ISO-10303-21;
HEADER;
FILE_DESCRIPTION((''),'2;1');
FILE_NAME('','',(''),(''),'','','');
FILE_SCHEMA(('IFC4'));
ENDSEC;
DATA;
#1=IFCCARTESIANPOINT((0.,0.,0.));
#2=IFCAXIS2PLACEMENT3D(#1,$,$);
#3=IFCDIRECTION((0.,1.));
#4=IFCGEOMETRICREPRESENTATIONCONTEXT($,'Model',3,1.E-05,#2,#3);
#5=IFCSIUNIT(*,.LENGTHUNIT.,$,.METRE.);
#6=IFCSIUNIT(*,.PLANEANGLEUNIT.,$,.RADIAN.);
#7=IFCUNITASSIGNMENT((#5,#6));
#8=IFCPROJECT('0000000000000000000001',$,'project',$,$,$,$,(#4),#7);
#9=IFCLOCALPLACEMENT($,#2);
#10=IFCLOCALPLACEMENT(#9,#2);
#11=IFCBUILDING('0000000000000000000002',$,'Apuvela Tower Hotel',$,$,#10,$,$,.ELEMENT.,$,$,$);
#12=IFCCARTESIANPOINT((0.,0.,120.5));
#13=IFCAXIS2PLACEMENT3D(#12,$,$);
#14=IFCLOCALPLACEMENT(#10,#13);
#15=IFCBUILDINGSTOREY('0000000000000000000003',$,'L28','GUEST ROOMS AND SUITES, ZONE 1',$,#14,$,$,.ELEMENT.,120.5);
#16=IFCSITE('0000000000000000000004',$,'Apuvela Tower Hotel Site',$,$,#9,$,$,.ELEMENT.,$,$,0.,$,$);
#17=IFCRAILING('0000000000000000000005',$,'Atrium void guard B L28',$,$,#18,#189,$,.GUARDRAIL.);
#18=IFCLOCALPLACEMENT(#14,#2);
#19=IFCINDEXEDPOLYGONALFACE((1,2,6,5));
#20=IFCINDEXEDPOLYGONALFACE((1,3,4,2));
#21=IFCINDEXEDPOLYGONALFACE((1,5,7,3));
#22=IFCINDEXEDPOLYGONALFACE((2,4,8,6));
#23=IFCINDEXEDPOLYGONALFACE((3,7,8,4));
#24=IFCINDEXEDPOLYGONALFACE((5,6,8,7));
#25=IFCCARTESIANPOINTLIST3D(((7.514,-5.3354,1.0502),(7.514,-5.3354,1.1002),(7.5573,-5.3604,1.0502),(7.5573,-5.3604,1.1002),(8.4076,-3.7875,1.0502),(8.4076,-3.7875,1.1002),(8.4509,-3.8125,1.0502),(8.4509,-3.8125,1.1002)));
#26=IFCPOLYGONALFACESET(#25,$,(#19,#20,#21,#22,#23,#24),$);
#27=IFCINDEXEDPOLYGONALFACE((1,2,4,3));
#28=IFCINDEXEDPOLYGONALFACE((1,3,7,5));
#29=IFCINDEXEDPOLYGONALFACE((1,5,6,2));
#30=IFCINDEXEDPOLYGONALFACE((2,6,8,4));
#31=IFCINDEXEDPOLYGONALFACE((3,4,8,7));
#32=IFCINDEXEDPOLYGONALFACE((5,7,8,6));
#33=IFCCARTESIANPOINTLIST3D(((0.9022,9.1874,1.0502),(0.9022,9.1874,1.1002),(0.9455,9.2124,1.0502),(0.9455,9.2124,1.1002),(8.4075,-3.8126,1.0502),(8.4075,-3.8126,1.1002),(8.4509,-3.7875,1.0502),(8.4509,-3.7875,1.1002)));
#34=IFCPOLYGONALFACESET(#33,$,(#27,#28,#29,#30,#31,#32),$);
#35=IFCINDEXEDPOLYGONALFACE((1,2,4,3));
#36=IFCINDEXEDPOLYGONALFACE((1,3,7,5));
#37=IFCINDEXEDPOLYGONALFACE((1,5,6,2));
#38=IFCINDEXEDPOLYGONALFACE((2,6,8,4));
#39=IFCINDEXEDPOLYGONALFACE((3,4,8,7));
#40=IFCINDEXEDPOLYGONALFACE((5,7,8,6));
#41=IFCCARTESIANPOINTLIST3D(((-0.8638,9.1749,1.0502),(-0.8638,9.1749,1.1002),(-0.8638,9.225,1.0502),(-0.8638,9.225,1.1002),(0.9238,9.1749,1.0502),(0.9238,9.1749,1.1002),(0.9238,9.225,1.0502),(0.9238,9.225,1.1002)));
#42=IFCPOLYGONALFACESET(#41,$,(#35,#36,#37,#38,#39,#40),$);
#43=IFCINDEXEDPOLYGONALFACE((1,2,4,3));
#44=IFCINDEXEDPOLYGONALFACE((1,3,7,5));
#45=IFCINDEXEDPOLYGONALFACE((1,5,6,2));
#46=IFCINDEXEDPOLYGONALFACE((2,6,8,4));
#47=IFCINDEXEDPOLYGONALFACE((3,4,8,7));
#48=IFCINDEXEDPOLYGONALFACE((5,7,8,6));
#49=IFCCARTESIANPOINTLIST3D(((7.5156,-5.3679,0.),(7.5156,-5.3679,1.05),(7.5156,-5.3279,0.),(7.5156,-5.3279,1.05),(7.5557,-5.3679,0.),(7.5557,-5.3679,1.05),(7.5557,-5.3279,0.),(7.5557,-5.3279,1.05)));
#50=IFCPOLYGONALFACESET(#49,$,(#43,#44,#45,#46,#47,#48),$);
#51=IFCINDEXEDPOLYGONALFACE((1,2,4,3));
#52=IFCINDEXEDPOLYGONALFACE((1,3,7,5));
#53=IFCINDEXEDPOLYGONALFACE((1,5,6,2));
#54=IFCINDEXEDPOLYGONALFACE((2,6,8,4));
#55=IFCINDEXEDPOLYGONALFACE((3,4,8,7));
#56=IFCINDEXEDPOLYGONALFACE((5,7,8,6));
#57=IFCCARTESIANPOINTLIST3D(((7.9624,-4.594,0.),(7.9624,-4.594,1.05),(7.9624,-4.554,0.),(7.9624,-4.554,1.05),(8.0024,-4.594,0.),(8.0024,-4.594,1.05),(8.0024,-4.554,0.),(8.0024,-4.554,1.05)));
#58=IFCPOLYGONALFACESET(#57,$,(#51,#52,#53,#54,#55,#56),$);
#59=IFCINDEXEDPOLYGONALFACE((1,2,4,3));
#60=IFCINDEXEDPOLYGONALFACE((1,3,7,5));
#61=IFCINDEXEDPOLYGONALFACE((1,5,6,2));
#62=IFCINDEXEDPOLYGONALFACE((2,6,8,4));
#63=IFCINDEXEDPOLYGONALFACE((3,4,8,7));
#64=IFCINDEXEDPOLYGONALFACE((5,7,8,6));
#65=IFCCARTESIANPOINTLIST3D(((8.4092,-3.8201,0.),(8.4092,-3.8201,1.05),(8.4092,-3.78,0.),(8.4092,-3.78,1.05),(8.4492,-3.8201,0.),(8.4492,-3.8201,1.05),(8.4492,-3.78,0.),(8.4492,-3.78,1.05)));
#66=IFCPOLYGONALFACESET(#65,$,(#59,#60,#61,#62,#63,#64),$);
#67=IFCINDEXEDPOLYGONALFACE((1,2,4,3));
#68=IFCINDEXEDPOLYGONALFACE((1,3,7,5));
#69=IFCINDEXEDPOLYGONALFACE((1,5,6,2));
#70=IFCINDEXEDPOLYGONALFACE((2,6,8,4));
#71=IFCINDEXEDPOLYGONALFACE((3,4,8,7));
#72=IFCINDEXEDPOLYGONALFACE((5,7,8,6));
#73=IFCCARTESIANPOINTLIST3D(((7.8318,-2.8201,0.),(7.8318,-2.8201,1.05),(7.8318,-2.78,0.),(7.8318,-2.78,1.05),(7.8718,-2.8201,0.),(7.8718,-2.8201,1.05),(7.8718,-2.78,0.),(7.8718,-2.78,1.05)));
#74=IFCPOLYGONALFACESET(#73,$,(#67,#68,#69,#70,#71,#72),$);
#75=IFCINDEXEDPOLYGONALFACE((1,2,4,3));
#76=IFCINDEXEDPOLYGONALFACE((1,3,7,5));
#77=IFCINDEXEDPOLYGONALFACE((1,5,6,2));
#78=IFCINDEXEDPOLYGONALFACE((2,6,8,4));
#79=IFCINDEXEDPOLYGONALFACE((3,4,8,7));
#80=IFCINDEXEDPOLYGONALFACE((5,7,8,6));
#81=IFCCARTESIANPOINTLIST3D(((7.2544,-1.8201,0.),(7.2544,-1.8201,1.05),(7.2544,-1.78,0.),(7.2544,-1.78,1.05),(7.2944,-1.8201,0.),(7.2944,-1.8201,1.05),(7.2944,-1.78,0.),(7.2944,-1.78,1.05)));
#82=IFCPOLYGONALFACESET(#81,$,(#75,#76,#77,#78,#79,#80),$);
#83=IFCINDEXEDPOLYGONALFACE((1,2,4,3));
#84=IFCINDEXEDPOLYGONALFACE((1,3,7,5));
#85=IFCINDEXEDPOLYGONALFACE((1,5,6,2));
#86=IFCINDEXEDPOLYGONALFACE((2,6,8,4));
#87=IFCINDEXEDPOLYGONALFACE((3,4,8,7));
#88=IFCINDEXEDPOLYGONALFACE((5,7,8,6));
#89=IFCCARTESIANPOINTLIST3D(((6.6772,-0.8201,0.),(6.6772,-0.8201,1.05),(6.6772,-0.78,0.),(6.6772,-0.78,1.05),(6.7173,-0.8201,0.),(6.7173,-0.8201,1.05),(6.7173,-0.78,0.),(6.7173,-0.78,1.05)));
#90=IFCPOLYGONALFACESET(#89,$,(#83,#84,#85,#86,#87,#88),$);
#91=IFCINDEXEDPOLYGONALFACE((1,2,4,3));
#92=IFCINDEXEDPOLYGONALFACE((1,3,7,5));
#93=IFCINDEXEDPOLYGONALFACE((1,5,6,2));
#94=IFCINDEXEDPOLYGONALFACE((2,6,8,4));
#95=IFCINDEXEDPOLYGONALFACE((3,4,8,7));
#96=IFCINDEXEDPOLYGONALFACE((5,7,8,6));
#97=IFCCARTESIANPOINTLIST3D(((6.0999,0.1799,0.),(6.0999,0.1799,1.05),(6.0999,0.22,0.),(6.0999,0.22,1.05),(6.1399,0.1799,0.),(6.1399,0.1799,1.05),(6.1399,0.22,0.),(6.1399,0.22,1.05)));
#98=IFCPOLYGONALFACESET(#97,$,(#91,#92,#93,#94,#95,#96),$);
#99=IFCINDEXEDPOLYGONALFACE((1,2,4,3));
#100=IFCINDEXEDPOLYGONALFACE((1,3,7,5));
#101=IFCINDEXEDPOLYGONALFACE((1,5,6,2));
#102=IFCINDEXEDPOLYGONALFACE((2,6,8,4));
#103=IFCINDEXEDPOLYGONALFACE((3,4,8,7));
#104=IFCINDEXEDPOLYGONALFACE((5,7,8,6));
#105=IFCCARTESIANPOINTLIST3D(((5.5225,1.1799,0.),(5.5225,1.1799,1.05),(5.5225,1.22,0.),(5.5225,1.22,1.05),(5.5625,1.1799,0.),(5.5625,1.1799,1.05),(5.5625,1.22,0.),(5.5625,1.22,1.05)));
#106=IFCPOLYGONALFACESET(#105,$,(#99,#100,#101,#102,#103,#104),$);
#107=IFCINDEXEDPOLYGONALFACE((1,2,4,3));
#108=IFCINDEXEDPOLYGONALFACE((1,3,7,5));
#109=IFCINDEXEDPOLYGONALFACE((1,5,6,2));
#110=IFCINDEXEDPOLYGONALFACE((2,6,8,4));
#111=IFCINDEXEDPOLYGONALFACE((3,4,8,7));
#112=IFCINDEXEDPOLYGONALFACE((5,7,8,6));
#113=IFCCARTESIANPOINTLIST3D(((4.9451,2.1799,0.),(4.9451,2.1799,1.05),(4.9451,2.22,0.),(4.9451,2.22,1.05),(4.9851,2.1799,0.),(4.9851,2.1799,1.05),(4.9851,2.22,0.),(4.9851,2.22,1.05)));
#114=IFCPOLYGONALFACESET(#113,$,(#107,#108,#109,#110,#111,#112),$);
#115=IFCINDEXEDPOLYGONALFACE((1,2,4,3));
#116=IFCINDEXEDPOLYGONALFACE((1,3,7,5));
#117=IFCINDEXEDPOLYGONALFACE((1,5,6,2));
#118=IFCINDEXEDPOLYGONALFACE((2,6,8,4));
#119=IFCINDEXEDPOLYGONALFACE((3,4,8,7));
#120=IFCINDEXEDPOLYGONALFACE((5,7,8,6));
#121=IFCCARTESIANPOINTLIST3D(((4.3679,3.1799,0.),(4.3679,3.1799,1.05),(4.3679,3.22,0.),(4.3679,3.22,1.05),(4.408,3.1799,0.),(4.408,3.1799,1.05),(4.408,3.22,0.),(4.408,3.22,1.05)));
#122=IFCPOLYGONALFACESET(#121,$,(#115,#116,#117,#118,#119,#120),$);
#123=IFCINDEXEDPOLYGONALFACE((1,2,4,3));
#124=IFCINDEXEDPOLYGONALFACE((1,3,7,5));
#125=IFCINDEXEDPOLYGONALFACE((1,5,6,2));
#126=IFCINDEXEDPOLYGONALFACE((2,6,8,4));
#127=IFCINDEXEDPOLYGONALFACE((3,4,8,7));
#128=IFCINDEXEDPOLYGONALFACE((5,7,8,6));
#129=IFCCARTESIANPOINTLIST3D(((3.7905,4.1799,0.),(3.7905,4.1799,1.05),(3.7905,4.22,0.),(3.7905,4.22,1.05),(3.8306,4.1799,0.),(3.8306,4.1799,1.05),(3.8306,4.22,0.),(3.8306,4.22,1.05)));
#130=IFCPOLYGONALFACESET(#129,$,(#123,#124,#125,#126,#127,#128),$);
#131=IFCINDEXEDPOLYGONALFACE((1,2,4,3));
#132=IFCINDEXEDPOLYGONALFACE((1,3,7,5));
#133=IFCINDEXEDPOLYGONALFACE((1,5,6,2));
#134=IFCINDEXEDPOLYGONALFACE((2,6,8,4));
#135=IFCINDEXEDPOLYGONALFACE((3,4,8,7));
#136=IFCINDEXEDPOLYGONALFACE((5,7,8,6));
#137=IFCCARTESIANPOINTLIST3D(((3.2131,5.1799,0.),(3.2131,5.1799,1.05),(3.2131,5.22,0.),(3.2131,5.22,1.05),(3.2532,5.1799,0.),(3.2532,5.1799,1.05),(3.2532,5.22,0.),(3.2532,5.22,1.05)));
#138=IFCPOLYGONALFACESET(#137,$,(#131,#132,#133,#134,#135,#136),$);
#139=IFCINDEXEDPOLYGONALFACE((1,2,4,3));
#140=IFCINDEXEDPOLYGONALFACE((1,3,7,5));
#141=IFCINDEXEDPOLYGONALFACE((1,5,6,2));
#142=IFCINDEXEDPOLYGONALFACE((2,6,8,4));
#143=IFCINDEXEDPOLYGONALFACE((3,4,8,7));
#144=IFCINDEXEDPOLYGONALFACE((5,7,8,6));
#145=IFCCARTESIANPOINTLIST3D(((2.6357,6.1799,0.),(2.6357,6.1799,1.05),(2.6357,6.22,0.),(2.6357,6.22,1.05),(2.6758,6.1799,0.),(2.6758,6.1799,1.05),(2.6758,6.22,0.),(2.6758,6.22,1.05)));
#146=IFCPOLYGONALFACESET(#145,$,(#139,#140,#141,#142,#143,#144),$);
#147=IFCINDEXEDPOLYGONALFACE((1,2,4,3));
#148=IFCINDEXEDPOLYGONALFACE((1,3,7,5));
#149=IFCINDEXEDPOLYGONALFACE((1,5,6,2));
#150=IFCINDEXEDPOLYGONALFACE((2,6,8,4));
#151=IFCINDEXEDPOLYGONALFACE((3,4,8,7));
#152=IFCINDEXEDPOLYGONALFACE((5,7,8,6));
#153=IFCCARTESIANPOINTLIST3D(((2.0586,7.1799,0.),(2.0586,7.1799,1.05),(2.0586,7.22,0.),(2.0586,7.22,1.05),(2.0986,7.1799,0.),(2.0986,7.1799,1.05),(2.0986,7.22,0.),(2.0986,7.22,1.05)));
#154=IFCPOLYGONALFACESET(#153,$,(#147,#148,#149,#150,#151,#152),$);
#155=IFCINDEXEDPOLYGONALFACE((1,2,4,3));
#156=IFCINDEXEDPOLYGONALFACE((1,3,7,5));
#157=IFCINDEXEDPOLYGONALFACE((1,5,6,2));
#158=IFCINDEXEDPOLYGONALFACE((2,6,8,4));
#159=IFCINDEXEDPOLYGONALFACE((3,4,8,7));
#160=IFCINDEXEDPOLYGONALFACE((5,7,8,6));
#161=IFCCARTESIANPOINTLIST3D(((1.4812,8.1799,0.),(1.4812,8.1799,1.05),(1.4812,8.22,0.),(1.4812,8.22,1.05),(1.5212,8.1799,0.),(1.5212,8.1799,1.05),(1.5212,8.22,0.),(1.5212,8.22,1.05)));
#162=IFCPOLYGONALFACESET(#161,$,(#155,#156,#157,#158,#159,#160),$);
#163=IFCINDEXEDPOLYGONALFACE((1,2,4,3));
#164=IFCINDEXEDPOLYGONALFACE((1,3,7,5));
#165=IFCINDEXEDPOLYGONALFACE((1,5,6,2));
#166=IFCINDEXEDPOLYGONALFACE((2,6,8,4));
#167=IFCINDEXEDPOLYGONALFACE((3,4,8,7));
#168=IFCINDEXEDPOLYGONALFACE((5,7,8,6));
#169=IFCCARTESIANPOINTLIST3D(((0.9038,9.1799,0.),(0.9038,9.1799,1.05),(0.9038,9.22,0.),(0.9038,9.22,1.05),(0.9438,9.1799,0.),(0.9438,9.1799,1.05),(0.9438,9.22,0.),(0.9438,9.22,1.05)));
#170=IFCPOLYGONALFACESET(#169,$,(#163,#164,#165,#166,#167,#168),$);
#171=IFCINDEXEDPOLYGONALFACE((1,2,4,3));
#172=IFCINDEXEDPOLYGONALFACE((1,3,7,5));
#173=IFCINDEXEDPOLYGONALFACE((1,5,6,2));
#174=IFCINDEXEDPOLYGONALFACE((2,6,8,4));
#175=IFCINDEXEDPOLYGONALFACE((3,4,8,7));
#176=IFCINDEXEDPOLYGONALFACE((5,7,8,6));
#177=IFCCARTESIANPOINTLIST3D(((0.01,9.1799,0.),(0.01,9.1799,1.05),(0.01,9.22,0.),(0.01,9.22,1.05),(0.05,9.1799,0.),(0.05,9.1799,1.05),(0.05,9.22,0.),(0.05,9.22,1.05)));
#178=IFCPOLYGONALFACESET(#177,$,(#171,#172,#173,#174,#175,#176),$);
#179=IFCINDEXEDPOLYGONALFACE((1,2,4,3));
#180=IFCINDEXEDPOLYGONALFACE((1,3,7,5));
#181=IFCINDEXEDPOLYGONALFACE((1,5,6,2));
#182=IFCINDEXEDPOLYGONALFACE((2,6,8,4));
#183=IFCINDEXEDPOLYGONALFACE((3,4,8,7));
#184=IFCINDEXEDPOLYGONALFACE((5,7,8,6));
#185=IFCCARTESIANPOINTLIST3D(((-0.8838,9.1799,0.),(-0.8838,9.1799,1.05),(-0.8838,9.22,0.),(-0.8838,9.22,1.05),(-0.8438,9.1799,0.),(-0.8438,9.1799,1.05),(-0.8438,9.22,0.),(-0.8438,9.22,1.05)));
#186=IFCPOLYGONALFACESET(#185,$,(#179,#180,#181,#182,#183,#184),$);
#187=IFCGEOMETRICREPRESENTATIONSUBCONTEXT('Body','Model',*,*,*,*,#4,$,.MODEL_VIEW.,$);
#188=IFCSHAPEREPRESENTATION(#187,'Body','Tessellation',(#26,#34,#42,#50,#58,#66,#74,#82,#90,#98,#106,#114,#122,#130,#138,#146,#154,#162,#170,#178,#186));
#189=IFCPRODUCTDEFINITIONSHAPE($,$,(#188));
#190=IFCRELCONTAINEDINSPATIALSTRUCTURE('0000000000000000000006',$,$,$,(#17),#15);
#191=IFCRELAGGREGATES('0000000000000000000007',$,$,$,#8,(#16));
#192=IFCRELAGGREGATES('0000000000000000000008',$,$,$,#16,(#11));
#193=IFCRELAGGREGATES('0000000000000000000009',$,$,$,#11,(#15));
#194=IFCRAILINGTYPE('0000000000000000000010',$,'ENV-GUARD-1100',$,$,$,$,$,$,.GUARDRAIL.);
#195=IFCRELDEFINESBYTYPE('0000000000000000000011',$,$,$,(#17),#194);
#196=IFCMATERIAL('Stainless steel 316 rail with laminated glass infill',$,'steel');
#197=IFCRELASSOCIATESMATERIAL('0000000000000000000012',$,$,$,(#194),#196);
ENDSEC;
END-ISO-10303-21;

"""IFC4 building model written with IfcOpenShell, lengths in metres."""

from ifc_helpers import new_model, si_unit, direction, frame, origin, origin_2d, place, context, subcontext, project, spatial, rectangle, extrude, material, type_object, element, save


model = new_model("IFC4")

# Units and contexts
model_context = context("Model", 3, precision=1e-05, world=origin(), true_north=direction((0.0, 1.0)))
body_context = subcontext(model_context, "Body", "Model", "MODEL_VIEW")
ifc_project = project(units=[si_unit("LENGTHUNIT", "METRE"), si_unit("PLANEANGLEUNIT", "RADIAN")], contexts=[model_context])

# Site, building, storey
site_placement = place(None, origin())
site = spatial("IfcSite", under=ifc_project, at=site_placement, Name="Apuvela Tower Hotel Site", CompositionType="ELEMENT", RefElevation=0.0)
building_placement = place(site_placement, origin())
building = spatial("IfcBuilding", under=site, at=building_placement, Name="Apuvela Tower Hotel", CompositionType="ELEMENT")
storey_placement = place(building_placement, frame((0.0, 0.0, 120.5)))
storey = spatial("IfcBuildingStorey", under=building, at=storey_placement, Name="L28", Description="GUEST ROOMS AND SUITES, ZONE 1", CompositionType="ELEMENT", Elevation=120.5)

# Railing
ifc_material_1 = material(Name="Stainless steel 316 rail with laminated glass infill", Category="steel")
railing_type_1 = type_object("IfcRailingType", Name="ENV-GUARD-1100", PredefinedType="GUARDRAIL", material=ifc_material_1)
railing_1_placement = place(storey_placement, frame((7.5356, -5.3479, 0.0)))
element("IfcRailing", 1, at=railing_1_placement, inside=storey, type_object=railing_type_1, Name="Atrium void guard B L28", PredefinedType="GUARDRAIL", context=body_context, shape_type="SweptSolid", body=[
    extrude(rectangle(XDim=0.05, YDim=0.05, at=origin_2d()), frame((0.0, 0.0, 1.0752), z_axis=(0.499959, 0.866049, 0.0), x_axis=(-0.866049, 0.499959, 0.0)), (0.0, 0.0, 1.0), 1.7874),
    extrude(rectangle(XDim=0.05, YDim=0.05, at=origin_2d()), frame((0.8936, 1.5479, 1.0752), z_axis=(-0.499991, 0.866031, 0.0), x_axis=(-0.866031, -0.499991, 0.0)), (0.0, 0.0, 1.0), 15.011),
    extrude(rectangle(XDim=0.05, YDim=0.05, at=origin_2d()), frame((-6.6118, 14.5479, 1.0752), z_axis=(-1.0, 0.0, 0.0), x_axis=(0.0, -1.0, 0.0)), (0.0, 0.0, 1.0), 1.7876),
    extrude(rectangle(XDim=0.04, YDim=0.04, at=origin_2d()), origin(), (0.0, 0.0, 1.0), 1.05),
    extrude(rectangle(XDim=0.04, YDim=0.04, at=origin_2d()), frame((0.4468, 0.7739, 0.0)), (0.0, 0.0, 1.0), 1.05),
    extrude(rectangle(XDim=0.04, YDim=0.04, at=origin_2d()), frame((0.8936, 1.5479, 0.0)), (0.0, 0.0, 1.0), 1.05),
    extrude(rectangle(XDim=0.04, YDim=0.04, at=origin_2d()), frame((0.3162, 2.5479, 0.0)), (0.0, 0.0, 1.0), 1.05),
    extrude(rectangle(XDim=0.04, YDim=0.04, at=origin_2d()), frame((-0.2612, 3.5479, 0.0)), (0.0, 0.0, 1.0), 1.05),
    extrude(rectangle(XDim=0.04, YDim=0.04, at=origin_2d()), frame((-0.8384, 4.5479, 0.0)), (0.0, 0.0, 1.0), 1.05),
    extrude(rectangle(XDim=0.04, YDim=0.04, at=origin_2d()), frame((-1.4158, 5.5479, 0.0)), (0.0, 0.0, 1.0), 1.05),
    extrude(rectangle(XDim=0.04, YDim=0.04, at=origin_2d()), frame((-1.9932, 6.5479, 0.0)), (0.0, 0.0, 1.0), 1.05),
    extrude(rectangle(XDim=0.04, YDim=0.04, at=origin_2d()), frame((-2.5706, 7.5479, 0.0)), (0.0, 0.0, 1.0), 1.05),
    extrude(rectangle(XDim=0.04, YDim=0.04, at=origin_2d()), frame((-3.1477, 8.5479, 0.0)), (0.0, 0.0, 1.0), 1.05),
    extrude(rectangle(XDim=0.04, YDim=0.04, at=origin_2d()), frame((-3.7251, 9.5479, 0.0)), (0.0, 0.0, 1.0), 1.05),
    extrude(rectangle(XDim=0.04, YDim=0.04, at=origin_2d()), frame((-4.3025, 10.5479, 0.0)), (0.0, 0.0, 1.0), 1.05),
    extrude(rectangle(XDim=0.04, YDim=0.04, at=origin_2d()), frame((-4.8799, 11.5479, 0.0)), (0.0, 0.0, 1.0), 1.05),
    extrude(rectangle(XDim=0.04, YDim=0.04, at=origin_2d()), frame((-5.457, 12.5479, 0.0)), (0.0, 0.0, 1.0), 1.05),
    extrude(rectangle(XDim=0.04, YDim=0.04, at=origin_2d()), frame((-6.0344, 13.5479, 0.0)), (0.0, 0.0, 1.0), 1.05),
    extrude(rectangle(XDim=0.04, YDim=0.04, at=origin_2d()), frame((-6.6118, 14.5479, 0.0)), (0.0, 0.0, 1.0), 1.05),
    extrude(rectangle(XDim=0.04, YDim=0.04, at=origin_2d()), frame((-7.5056, 14.5479, 0.0)), (0.0, 0.0, 1.0), 1.05),
    extrude(rectangle(XDim=0.04, YDim=0.04, at=origin_2d()), frame((-8.3994, 14.5479, 0.0)), (0.0, 0.0, 1.0), 1.05),
])

save(model, "model.ifc")
